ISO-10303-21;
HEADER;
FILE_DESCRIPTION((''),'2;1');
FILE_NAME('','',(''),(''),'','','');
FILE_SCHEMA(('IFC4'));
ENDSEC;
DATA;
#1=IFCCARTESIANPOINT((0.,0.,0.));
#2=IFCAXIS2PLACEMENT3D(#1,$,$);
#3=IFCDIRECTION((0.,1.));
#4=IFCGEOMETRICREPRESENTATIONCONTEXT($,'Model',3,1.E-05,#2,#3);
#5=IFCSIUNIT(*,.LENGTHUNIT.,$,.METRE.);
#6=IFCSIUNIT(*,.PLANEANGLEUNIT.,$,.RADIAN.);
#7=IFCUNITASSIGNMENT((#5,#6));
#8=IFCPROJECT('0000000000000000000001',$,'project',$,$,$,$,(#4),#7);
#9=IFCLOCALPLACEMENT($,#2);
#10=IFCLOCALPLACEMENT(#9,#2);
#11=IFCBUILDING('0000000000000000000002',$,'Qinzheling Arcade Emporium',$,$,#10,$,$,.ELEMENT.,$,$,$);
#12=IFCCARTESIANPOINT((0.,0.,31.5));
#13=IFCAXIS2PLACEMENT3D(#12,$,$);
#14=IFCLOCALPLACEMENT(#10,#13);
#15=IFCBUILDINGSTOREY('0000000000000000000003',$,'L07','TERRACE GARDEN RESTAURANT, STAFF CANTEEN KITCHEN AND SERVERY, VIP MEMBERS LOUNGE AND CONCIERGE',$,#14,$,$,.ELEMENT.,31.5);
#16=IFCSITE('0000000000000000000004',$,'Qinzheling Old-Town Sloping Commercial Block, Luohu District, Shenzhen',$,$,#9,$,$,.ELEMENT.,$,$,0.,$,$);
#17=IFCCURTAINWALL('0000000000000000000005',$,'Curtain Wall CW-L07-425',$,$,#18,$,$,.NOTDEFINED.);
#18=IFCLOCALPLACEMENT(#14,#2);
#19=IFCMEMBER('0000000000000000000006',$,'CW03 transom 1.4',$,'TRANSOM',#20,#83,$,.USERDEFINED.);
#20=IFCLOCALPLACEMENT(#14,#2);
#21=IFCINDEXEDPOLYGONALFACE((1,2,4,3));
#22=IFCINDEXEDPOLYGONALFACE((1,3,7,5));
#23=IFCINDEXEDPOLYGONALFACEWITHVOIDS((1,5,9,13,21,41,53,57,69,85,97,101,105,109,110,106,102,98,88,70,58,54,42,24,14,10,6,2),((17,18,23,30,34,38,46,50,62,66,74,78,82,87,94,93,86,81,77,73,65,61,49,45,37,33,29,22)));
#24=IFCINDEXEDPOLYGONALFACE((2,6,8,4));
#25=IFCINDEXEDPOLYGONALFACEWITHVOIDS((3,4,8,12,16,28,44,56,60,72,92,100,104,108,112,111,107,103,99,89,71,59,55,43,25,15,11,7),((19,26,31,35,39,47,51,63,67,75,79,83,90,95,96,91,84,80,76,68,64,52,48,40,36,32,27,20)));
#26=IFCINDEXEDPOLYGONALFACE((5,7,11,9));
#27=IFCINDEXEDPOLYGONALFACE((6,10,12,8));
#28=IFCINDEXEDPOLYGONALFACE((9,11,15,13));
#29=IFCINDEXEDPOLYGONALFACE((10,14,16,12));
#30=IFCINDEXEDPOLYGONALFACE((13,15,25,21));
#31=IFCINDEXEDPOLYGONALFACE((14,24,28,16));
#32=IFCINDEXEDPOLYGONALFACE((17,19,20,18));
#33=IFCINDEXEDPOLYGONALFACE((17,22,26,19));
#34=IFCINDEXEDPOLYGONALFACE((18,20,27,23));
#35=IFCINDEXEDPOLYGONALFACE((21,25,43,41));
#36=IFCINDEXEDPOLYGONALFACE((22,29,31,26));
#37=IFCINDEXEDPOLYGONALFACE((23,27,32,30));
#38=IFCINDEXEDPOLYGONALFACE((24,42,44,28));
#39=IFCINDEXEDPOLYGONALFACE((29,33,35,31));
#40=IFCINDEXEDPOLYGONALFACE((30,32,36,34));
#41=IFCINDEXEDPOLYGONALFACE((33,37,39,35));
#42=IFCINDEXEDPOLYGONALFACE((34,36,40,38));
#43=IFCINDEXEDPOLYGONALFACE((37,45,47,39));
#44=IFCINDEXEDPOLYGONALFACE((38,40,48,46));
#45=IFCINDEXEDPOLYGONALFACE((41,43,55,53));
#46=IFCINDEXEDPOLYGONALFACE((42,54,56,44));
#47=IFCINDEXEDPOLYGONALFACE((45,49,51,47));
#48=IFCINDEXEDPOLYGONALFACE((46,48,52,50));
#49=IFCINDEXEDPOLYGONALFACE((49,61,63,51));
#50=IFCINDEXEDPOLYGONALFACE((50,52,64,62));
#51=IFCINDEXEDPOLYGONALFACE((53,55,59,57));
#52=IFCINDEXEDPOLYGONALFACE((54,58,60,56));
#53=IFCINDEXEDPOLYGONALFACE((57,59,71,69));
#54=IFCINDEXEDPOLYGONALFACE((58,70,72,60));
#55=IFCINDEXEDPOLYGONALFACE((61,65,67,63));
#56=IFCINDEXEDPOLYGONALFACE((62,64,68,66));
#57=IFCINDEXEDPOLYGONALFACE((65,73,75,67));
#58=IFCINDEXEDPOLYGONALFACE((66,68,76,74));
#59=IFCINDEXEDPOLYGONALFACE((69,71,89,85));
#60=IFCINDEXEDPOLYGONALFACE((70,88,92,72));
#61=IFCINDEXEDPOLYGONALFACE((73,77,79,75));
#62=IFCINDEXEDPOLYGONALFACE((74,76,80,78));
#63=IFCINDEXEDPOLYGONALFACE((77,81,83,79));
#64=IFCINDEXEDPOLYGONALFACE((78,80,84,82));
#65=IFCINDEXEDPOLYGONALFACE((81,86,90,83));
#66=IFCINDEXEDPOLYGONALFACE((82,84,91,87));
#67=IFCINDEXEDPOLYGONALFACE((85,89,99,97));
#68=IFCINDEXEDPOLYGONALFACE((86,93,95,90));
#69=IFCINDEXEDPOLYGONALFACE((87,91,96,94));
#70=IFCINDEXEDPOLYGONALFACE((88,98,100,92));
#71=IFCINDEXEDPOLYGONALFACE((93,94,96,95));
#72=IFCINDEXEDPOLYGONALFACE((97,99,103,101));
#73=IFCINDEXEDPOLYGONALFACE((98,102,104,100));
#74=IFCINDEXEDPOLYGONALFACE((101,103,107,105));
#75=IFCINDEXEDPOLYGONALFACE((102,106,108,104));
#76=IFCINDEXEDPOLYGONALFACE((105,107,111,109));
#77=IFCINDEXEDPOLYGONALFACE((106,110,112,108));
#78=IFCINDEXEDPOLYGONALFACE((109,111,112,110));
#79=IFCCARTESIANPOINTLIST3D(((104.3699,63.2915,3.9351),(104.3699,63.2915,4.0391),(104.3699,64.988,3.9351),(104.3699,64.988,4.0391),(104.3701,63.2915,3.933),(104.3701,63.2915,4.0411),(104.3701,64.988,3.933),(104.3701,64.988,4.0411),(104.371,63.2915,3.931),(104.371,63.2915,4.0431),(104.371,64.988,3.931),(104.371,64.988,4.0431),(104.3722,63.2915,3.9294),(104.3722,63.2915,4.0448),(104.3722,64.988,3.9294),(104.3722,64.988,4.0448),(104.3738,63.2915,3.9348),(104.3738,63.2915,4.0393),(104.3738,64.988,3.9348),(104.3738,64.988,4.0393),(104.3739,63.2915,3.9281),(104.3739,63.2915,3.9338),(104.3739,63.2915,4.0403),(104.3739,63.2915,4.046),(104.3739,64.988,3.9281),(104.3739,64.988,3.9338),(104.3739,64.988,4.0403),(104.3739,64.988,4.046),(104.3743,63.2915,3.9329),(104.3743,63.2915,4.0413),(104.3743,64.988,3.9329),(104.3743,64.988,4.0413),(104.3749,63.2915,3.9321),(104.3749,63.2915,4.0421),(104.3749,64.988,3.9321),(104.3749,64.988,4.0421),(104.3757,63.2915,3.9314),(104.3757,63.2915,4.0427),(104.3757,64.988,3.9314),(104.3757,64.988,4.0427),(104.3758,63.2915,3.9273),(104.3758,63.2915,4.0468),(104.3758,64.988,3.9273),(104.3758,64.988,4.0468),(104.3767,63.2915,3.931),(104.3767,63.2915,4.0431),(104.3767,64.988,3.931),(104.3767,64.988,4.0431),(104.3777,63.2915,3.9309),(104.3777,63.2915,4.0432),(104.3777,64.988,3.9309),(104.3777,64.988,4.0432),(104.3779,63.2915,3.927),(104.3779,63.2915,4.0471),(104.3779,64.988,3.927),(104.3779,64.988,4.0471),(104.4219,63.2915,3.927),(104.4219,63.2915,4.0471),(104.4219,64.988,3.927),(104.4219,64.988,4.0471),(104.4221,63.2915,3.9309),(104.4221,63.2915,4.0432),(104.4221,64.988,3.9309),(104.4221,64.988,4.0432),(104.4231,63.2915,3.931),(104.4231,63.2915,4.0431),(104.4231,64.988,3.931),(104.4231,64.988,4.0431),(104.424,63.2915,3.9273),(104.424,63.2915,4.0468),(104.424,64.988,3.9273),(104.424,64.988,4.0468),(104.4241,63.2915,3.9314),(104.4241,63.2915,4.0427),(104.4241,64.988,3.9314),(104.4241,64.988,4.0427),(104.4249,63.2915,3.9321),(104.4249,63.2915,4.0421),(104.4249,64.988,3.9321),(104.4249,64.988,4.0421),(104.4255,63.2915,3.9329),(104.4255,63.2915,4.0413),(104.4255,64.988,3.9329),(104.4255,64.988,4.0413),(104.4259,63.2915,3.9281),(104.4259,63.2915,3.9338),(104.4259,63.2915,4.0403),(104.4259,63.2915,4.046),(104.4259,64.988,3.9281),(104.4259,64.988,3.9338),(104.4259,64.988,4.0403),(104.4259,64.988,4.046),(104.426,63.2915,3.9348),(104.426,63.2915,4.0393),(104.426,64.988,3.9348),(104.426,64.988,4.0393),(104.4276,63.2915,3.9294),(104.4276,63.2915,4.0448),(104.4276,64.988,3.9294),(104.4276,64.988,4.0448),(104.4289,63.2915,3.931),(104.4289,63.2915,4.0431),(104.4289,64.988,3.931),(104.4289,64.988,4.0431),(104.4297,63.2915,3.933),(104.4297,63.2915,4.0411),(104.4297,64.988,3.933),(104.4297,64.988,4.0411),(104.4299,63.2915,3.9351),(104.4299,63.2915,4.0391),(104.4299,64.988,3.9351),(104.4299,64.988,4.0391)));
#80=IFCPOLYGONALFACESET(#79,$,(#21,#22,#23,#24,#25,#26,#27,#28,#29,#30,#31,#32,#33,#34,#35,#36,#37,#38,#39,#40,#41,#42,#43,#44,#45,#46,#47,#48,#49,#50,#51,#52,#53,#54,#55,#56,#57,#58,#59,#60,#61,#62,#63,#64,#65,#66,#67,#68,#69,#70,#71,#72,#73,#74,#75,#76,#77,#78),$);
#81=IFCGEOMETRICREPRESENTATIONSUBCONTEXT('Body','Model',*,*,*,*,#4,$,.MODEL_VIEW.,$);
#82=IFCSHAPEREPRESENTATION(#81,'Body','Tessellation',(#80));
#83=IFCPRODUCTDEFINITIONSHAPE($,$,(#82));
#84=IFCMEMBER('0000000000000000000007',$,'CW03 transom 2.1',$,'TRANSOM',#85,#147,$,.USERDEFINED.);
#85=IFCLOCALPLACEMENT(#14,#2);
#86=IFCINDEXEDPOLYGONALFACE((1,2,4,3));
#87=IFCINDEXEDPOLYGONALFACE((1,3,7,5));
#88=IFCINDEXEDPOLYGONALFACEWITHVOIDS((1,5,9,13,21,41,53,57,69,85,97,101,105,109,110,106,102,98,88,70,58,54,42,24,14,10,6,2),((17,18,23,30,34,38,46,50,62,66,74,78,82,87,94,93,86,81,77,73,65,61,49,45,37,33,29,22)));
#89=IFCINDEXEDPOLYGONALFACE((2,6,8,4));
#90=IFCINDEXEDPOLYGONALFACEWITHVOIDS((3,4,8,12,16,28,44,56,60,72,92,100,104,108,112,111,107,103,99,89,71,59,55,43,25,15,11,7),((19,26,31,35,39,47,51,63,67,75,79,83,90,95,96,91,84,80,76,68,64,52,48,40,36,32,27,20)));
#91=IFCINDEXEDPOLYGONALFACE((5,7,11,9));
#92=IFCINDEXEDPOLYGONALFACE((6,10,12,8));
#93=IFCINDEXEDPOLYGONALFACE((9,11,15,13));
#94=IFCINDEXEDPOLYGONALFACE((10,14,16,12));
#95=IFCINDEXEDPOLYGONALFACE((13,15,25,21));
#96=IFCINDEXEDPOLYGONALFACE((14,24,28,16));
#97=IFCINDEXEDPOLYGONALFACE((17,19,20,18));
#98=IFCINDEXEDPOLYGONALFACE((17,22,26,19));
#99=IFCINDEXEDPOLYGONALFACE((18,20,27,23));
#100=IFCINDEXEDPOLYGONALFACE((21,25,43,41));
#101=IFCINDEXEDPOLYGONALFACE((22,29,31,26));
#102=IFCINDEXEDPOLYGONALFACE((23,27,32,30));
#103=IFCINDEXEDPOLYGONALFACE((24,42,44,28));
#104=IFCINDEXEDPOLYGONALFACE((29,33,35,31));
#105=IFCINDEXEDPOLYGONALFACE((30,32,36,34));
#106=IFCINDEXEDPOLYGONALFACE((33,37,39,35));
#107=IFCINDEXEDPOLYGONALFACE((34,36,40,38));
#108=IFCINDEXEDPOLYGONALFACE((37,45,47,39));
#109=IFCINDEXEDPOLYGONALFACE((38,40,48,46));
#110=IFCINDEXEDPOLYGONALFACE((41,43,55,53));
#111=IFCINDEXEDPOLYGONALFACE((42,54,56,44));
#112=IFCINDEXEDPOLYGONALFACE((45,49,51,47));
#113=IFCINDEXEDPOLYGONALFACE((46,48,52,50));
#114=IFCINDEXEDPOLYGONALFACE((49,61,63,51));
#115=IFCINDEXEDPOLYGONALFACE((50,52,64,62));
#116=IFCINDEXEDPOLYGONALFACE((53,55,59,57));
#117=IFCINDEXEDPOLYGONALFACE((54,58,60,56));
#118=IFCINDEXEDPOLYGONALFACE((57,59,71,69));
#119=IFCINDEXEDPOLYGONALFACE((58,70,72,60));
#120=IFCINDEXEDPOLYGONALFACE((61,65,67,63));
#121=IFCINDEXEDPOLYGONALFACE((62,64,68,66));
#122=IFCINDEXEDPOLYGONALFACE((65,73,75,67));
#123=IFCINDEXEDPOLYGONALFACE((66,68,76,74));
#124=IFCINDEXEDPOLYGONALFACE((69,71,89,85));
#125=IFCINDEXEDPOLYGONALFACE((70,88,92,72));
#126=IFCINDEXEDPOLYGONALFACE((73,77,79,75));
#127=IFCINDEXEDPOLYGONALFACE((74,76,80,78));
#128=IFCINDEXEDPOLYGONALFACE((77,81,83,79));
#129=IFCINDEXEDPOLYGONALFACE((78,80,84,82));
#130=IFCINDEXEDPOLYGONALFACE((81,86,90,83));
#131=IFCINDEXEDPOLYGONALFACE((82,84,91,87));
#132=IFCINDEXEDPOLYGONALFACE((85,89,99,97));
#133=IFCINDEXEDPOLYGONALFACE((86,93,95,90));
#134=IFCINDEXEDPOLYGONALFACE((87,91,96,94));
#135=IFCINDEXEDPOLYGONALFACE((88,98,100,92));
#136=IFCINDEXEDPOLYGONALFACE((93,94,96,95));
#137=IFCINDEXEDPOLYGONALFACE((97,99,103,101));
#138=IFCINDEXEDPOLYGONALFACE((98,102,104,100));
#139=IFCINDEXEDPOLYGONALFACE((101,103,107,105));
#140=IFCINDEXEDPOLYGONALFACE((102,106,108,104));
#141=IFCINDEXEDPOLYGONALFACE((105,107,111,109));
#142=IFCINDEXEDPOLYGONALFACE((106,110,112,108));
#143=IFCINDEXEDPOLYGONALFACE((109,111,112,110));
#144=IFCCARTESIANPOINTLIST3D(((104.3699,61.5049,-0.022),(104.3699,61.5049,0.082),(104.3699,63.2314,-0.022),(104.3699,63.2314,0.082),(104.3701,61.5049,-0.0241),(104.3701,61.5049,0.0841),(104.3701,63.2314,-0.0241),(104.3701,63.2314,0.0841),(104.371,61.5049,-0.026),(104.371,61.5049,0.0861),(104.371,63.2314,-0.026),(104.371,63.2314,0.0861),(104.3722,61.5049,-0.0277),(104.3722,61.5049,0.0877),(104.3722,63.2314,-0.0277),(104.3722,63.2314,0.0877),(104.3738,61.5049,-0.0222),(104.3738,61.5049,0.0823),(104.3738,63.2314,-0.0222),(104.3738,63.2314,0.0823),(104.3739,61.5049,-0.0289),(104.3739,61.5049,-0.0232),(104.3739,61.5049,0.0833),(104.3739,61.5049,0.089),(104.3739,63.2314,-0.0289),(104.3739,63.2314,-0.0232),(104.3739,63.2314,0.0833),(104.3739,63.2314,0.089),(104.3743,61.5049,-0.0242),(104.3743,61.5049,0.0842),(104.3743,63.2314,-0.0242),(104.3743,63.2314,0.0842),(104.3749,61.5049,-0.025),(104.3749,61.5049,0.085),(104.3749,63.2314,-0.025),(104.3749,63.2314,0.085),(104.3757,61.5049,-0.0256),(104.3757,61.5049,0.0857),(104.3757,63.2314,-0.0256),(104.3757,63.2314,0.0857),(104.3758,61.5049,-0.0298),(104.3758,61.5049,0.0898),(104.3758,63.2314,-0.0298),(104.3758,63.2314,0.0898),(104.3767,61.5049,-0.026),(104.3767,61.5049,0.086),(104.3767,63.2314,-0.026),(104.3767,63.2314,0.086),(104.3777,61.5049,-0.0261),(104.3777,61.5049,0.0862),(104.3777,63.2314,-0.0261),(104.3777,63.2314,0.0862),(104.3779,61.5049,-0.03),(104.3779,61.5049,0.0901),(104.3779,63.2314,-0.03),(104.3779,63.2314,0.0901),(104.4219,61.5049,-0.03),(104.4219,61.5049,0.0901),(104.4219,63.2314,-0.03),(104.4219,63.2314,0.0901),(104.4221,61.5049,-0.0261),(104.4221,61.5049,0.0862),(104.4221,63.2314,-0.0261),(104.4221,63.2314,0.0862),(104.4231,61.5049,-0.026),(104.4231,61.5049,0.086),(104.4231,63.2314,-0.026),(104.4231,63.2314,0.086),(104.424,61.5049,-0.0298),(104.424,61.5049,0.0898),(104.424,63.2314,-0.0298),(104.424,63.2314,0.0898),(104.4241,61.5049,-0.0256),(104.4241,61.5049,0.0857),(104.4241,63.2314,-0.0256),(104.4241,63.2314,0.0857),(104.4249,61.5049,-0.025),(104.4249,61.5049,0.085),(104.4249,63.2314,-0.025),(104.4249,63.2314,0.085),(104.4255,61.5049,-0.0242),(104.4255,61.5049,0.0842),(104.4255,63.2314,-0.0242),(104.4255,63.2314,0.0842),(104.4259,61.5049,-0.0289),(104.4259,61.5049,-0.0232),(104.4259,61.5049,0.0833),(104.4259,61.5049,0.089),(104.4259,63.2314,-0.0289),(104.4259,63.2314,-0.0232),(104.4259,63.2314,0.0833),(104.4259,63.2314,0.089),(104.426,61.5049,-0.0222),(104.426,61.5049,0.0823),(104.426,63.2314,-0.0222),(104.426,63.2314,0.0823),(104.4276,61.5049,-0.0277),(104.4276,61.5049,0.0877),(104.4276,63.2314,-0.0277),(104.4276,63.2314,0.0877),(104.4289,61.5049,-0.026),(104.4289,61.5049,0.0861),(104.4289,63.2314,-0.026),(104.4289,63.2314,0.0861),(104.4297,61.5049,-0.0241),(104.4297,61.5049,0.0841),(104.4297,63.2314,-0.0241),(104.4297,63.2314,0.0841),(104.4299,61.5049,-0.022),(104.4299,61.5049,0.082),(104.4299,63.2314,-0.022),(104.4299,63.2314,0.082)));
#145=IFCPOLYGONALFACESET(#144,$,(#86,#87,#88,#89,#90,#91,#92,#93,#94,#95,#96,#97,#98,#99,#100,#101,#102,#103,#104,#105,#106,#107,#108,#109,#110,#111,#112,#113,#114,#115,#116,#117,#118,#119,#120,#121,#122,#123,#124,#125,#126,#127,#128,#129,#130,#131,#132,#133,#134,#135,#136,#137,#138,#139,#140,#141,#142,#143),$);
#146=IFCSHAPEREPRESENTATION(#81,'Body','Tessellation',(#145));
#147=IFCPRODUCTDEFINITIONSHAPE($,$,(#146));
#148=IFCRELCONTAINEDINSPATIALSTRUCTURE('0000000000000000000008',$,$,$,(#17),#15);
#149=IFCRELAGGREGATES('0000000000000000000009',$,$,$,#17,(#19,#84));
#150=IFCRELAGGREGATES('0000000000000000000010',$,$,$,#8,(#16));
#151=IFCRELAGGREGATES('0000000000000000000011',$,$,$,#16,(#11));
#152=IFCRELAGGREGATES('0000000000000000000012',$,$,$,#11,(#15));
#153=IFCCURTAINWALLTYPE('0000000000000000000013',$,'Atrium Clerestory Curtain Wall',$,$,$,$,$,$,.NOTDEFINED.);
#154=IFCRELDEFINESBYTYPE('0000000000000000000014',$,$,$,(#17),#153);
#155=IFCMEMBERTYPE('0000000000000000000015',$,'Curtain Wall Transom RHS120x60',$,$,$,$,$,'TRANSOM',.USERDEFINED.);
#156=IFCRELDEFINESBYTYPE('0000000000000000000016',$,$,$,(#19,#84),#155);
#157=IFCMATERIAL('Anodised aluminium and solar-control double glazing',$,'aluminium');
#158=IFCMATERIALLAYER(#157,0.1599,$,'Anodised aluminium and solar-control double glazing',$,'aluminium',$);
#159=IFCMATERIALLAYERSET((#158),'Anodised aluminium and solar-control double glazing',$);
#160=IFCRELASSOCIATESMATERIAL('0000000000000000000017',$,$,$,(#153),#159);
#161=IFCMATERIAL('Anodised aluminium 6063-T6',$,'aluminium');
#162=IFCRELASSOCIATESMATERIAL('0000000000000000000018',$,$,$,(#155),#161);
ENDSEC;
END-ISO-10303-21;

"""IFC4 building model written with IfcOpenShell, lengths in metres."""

from ifc_helpers import new_model, si_unit, direction, frame, origin, origin_2d, place, context, subcontext, project, spatial, hollow_rectangle, extrude, material, layer, layer_set, material_profile, profile_set, type_object, element, aggregate, save


model = new_model("IFC4")

# Units and contexts
model_context = context("Model", 3, precision=1e-05, world=origin(), true_north=direction((0.0, 1.0)))
body_context = subcontext(model_context, "Body", "Model", "MODEL_VIEW")
ifc_project = project(units=[si_unit("LENGTHUNIT", "METRE"), si_unit("PLANEANGLEUNIT", "RADIAN")], contexts=[model_context])

# Site, building, storey
site_placement = place(None, origin())
site = spatial("IfcSite", under=ifc_project, at=site_placement, Name="Qinzheling Old-Town Sloping Commercial Block, Luohu District, Shenzhen", CompositionType="ELEMENT", RefElevation=0.0)
building_placement = place(site_placement, origin())
building = spatial("IfcBuilding", under=site, at=building_placement, Name="Qinzheling Arcade Emporium", CompositionType="ELEMENT")
storey_placement = place(building_placement, frame((0.0, 0.0, 31.5)))
storey = spatial("IfcBuildingStorey", under=building, at=storey_placement, Name="L07", Description="TERRACE GARDEN RESTAURANT, STAFF CANTEEN KITCHEN AND SERVERY, VIP MEMBERS LOUNGE AND CONCIERGE", CompositionType="ELEMENT", Elevation=31.5)

# Shared definitions
ifc_material_1 = material(Name="Anodised aluminium and solar-control double glazing", Category="aluminium")
ifc_layer_1 = layer(ifc_material_1, 0.1599, Name="Anodised aluminium and solar-control double glazing", Category="aluminium")
ifc_layer_set_1 = layer_set([ifc_layer_1], Name="Anodised aluminium and solar-control double glazing")
curtain_wall_type = type_object("IfcCurtainWallType", Name="Atrium Clerestory Curtain Wall", PredefinedType="NOTDEFINED", material=ifc_layer_set_1)
ifc_material_2 = material(Name="Anodised aluminium 6063-T6", Category="aluminium")

# Curtain wall
curtain_wall_1_placement = place(storey_placement, origin())
curtain_wall_1 = element("IfcCurtainWall", 1, at=curtain_wall_1_placement, inside=storey, type_object=curtain_wall_type, Name="Curtain Wall CW-L07-425", PredefinedType="NOTDEFINED")

# Members
ifc_material_profile_1 = material_profile(ifc_material_2, hollow_rectangle(XDim=0.0601, YDim=0.1201, WallThickness=0.0039, InnerFilletRadius=0.0039, OuterFilletRadius=0.0081, at=origin_2d()), Name="RHS 120x60x4", Category="aluminium")
ifc_profile_set_1 = profile_set([ifc_material_profile_1], Name="Anodised aluminium 6063-T6")
member_type_1 = type_object("IfcMemberType", Name="Curtain Wall Transom RHS120x60", ElementType="TRANSOM", PredefinedType="USERDEFINED", material=ifc_profile_set_1)
member_1_placement = place(storey_placement, frame((104.3999, 64.988, 3.9871), z_axis=(0.0, -1.0, 0.0), x_axis=(1.0, 0.0, 0.0)))
member_1 = element("IfcMember", 2, at=member_1_placement, type_object=member_type_1, Name="CW03 transom 1.4", ObjectType="TRANSOM", PredefinedType="USERDEFINED", context=body_context, shape_type="SweptSolid", body=[
    extrude(hollow_rectangle(XDim=0.0601, YDim=0.1201, WallThickness=0.0039, InnerFilletRadius=0.0039, OuterFilletRadius=0.0081, at=origin_2d()), origin(), (0.0, 0.0, 1.0), 1.6965),
])
member_2_placement = place(storey_placement, frame((104.3999, 63.2314, 0.03), z_axis=(0.0, -1.0, 0.0), x_axis=(1.0, 0.0, 0.0)))
member_2 = element("IfcMember", 3, at=member_2_placement, type_object=member_type_1, Name="CW03 transom 2.1", ObjectType="TRANSOM", PredefinedType="USERDEFINED", context=body_context, shape_type="SweptSolid", body=[
    extrude(hollow_rectangle(XDim=0.0601, YDim=0.1201, WallThickness=0.0039, InnerFilletRadius=0.0039, OuterFilletRadius=0.0081, at=origin_2d()), origin(), (0.0, 0.0, 1.0), 1.7266),
])

aggregate(curtain_wall_1, [member_1, member_2])

save(model, "model.ifc")
